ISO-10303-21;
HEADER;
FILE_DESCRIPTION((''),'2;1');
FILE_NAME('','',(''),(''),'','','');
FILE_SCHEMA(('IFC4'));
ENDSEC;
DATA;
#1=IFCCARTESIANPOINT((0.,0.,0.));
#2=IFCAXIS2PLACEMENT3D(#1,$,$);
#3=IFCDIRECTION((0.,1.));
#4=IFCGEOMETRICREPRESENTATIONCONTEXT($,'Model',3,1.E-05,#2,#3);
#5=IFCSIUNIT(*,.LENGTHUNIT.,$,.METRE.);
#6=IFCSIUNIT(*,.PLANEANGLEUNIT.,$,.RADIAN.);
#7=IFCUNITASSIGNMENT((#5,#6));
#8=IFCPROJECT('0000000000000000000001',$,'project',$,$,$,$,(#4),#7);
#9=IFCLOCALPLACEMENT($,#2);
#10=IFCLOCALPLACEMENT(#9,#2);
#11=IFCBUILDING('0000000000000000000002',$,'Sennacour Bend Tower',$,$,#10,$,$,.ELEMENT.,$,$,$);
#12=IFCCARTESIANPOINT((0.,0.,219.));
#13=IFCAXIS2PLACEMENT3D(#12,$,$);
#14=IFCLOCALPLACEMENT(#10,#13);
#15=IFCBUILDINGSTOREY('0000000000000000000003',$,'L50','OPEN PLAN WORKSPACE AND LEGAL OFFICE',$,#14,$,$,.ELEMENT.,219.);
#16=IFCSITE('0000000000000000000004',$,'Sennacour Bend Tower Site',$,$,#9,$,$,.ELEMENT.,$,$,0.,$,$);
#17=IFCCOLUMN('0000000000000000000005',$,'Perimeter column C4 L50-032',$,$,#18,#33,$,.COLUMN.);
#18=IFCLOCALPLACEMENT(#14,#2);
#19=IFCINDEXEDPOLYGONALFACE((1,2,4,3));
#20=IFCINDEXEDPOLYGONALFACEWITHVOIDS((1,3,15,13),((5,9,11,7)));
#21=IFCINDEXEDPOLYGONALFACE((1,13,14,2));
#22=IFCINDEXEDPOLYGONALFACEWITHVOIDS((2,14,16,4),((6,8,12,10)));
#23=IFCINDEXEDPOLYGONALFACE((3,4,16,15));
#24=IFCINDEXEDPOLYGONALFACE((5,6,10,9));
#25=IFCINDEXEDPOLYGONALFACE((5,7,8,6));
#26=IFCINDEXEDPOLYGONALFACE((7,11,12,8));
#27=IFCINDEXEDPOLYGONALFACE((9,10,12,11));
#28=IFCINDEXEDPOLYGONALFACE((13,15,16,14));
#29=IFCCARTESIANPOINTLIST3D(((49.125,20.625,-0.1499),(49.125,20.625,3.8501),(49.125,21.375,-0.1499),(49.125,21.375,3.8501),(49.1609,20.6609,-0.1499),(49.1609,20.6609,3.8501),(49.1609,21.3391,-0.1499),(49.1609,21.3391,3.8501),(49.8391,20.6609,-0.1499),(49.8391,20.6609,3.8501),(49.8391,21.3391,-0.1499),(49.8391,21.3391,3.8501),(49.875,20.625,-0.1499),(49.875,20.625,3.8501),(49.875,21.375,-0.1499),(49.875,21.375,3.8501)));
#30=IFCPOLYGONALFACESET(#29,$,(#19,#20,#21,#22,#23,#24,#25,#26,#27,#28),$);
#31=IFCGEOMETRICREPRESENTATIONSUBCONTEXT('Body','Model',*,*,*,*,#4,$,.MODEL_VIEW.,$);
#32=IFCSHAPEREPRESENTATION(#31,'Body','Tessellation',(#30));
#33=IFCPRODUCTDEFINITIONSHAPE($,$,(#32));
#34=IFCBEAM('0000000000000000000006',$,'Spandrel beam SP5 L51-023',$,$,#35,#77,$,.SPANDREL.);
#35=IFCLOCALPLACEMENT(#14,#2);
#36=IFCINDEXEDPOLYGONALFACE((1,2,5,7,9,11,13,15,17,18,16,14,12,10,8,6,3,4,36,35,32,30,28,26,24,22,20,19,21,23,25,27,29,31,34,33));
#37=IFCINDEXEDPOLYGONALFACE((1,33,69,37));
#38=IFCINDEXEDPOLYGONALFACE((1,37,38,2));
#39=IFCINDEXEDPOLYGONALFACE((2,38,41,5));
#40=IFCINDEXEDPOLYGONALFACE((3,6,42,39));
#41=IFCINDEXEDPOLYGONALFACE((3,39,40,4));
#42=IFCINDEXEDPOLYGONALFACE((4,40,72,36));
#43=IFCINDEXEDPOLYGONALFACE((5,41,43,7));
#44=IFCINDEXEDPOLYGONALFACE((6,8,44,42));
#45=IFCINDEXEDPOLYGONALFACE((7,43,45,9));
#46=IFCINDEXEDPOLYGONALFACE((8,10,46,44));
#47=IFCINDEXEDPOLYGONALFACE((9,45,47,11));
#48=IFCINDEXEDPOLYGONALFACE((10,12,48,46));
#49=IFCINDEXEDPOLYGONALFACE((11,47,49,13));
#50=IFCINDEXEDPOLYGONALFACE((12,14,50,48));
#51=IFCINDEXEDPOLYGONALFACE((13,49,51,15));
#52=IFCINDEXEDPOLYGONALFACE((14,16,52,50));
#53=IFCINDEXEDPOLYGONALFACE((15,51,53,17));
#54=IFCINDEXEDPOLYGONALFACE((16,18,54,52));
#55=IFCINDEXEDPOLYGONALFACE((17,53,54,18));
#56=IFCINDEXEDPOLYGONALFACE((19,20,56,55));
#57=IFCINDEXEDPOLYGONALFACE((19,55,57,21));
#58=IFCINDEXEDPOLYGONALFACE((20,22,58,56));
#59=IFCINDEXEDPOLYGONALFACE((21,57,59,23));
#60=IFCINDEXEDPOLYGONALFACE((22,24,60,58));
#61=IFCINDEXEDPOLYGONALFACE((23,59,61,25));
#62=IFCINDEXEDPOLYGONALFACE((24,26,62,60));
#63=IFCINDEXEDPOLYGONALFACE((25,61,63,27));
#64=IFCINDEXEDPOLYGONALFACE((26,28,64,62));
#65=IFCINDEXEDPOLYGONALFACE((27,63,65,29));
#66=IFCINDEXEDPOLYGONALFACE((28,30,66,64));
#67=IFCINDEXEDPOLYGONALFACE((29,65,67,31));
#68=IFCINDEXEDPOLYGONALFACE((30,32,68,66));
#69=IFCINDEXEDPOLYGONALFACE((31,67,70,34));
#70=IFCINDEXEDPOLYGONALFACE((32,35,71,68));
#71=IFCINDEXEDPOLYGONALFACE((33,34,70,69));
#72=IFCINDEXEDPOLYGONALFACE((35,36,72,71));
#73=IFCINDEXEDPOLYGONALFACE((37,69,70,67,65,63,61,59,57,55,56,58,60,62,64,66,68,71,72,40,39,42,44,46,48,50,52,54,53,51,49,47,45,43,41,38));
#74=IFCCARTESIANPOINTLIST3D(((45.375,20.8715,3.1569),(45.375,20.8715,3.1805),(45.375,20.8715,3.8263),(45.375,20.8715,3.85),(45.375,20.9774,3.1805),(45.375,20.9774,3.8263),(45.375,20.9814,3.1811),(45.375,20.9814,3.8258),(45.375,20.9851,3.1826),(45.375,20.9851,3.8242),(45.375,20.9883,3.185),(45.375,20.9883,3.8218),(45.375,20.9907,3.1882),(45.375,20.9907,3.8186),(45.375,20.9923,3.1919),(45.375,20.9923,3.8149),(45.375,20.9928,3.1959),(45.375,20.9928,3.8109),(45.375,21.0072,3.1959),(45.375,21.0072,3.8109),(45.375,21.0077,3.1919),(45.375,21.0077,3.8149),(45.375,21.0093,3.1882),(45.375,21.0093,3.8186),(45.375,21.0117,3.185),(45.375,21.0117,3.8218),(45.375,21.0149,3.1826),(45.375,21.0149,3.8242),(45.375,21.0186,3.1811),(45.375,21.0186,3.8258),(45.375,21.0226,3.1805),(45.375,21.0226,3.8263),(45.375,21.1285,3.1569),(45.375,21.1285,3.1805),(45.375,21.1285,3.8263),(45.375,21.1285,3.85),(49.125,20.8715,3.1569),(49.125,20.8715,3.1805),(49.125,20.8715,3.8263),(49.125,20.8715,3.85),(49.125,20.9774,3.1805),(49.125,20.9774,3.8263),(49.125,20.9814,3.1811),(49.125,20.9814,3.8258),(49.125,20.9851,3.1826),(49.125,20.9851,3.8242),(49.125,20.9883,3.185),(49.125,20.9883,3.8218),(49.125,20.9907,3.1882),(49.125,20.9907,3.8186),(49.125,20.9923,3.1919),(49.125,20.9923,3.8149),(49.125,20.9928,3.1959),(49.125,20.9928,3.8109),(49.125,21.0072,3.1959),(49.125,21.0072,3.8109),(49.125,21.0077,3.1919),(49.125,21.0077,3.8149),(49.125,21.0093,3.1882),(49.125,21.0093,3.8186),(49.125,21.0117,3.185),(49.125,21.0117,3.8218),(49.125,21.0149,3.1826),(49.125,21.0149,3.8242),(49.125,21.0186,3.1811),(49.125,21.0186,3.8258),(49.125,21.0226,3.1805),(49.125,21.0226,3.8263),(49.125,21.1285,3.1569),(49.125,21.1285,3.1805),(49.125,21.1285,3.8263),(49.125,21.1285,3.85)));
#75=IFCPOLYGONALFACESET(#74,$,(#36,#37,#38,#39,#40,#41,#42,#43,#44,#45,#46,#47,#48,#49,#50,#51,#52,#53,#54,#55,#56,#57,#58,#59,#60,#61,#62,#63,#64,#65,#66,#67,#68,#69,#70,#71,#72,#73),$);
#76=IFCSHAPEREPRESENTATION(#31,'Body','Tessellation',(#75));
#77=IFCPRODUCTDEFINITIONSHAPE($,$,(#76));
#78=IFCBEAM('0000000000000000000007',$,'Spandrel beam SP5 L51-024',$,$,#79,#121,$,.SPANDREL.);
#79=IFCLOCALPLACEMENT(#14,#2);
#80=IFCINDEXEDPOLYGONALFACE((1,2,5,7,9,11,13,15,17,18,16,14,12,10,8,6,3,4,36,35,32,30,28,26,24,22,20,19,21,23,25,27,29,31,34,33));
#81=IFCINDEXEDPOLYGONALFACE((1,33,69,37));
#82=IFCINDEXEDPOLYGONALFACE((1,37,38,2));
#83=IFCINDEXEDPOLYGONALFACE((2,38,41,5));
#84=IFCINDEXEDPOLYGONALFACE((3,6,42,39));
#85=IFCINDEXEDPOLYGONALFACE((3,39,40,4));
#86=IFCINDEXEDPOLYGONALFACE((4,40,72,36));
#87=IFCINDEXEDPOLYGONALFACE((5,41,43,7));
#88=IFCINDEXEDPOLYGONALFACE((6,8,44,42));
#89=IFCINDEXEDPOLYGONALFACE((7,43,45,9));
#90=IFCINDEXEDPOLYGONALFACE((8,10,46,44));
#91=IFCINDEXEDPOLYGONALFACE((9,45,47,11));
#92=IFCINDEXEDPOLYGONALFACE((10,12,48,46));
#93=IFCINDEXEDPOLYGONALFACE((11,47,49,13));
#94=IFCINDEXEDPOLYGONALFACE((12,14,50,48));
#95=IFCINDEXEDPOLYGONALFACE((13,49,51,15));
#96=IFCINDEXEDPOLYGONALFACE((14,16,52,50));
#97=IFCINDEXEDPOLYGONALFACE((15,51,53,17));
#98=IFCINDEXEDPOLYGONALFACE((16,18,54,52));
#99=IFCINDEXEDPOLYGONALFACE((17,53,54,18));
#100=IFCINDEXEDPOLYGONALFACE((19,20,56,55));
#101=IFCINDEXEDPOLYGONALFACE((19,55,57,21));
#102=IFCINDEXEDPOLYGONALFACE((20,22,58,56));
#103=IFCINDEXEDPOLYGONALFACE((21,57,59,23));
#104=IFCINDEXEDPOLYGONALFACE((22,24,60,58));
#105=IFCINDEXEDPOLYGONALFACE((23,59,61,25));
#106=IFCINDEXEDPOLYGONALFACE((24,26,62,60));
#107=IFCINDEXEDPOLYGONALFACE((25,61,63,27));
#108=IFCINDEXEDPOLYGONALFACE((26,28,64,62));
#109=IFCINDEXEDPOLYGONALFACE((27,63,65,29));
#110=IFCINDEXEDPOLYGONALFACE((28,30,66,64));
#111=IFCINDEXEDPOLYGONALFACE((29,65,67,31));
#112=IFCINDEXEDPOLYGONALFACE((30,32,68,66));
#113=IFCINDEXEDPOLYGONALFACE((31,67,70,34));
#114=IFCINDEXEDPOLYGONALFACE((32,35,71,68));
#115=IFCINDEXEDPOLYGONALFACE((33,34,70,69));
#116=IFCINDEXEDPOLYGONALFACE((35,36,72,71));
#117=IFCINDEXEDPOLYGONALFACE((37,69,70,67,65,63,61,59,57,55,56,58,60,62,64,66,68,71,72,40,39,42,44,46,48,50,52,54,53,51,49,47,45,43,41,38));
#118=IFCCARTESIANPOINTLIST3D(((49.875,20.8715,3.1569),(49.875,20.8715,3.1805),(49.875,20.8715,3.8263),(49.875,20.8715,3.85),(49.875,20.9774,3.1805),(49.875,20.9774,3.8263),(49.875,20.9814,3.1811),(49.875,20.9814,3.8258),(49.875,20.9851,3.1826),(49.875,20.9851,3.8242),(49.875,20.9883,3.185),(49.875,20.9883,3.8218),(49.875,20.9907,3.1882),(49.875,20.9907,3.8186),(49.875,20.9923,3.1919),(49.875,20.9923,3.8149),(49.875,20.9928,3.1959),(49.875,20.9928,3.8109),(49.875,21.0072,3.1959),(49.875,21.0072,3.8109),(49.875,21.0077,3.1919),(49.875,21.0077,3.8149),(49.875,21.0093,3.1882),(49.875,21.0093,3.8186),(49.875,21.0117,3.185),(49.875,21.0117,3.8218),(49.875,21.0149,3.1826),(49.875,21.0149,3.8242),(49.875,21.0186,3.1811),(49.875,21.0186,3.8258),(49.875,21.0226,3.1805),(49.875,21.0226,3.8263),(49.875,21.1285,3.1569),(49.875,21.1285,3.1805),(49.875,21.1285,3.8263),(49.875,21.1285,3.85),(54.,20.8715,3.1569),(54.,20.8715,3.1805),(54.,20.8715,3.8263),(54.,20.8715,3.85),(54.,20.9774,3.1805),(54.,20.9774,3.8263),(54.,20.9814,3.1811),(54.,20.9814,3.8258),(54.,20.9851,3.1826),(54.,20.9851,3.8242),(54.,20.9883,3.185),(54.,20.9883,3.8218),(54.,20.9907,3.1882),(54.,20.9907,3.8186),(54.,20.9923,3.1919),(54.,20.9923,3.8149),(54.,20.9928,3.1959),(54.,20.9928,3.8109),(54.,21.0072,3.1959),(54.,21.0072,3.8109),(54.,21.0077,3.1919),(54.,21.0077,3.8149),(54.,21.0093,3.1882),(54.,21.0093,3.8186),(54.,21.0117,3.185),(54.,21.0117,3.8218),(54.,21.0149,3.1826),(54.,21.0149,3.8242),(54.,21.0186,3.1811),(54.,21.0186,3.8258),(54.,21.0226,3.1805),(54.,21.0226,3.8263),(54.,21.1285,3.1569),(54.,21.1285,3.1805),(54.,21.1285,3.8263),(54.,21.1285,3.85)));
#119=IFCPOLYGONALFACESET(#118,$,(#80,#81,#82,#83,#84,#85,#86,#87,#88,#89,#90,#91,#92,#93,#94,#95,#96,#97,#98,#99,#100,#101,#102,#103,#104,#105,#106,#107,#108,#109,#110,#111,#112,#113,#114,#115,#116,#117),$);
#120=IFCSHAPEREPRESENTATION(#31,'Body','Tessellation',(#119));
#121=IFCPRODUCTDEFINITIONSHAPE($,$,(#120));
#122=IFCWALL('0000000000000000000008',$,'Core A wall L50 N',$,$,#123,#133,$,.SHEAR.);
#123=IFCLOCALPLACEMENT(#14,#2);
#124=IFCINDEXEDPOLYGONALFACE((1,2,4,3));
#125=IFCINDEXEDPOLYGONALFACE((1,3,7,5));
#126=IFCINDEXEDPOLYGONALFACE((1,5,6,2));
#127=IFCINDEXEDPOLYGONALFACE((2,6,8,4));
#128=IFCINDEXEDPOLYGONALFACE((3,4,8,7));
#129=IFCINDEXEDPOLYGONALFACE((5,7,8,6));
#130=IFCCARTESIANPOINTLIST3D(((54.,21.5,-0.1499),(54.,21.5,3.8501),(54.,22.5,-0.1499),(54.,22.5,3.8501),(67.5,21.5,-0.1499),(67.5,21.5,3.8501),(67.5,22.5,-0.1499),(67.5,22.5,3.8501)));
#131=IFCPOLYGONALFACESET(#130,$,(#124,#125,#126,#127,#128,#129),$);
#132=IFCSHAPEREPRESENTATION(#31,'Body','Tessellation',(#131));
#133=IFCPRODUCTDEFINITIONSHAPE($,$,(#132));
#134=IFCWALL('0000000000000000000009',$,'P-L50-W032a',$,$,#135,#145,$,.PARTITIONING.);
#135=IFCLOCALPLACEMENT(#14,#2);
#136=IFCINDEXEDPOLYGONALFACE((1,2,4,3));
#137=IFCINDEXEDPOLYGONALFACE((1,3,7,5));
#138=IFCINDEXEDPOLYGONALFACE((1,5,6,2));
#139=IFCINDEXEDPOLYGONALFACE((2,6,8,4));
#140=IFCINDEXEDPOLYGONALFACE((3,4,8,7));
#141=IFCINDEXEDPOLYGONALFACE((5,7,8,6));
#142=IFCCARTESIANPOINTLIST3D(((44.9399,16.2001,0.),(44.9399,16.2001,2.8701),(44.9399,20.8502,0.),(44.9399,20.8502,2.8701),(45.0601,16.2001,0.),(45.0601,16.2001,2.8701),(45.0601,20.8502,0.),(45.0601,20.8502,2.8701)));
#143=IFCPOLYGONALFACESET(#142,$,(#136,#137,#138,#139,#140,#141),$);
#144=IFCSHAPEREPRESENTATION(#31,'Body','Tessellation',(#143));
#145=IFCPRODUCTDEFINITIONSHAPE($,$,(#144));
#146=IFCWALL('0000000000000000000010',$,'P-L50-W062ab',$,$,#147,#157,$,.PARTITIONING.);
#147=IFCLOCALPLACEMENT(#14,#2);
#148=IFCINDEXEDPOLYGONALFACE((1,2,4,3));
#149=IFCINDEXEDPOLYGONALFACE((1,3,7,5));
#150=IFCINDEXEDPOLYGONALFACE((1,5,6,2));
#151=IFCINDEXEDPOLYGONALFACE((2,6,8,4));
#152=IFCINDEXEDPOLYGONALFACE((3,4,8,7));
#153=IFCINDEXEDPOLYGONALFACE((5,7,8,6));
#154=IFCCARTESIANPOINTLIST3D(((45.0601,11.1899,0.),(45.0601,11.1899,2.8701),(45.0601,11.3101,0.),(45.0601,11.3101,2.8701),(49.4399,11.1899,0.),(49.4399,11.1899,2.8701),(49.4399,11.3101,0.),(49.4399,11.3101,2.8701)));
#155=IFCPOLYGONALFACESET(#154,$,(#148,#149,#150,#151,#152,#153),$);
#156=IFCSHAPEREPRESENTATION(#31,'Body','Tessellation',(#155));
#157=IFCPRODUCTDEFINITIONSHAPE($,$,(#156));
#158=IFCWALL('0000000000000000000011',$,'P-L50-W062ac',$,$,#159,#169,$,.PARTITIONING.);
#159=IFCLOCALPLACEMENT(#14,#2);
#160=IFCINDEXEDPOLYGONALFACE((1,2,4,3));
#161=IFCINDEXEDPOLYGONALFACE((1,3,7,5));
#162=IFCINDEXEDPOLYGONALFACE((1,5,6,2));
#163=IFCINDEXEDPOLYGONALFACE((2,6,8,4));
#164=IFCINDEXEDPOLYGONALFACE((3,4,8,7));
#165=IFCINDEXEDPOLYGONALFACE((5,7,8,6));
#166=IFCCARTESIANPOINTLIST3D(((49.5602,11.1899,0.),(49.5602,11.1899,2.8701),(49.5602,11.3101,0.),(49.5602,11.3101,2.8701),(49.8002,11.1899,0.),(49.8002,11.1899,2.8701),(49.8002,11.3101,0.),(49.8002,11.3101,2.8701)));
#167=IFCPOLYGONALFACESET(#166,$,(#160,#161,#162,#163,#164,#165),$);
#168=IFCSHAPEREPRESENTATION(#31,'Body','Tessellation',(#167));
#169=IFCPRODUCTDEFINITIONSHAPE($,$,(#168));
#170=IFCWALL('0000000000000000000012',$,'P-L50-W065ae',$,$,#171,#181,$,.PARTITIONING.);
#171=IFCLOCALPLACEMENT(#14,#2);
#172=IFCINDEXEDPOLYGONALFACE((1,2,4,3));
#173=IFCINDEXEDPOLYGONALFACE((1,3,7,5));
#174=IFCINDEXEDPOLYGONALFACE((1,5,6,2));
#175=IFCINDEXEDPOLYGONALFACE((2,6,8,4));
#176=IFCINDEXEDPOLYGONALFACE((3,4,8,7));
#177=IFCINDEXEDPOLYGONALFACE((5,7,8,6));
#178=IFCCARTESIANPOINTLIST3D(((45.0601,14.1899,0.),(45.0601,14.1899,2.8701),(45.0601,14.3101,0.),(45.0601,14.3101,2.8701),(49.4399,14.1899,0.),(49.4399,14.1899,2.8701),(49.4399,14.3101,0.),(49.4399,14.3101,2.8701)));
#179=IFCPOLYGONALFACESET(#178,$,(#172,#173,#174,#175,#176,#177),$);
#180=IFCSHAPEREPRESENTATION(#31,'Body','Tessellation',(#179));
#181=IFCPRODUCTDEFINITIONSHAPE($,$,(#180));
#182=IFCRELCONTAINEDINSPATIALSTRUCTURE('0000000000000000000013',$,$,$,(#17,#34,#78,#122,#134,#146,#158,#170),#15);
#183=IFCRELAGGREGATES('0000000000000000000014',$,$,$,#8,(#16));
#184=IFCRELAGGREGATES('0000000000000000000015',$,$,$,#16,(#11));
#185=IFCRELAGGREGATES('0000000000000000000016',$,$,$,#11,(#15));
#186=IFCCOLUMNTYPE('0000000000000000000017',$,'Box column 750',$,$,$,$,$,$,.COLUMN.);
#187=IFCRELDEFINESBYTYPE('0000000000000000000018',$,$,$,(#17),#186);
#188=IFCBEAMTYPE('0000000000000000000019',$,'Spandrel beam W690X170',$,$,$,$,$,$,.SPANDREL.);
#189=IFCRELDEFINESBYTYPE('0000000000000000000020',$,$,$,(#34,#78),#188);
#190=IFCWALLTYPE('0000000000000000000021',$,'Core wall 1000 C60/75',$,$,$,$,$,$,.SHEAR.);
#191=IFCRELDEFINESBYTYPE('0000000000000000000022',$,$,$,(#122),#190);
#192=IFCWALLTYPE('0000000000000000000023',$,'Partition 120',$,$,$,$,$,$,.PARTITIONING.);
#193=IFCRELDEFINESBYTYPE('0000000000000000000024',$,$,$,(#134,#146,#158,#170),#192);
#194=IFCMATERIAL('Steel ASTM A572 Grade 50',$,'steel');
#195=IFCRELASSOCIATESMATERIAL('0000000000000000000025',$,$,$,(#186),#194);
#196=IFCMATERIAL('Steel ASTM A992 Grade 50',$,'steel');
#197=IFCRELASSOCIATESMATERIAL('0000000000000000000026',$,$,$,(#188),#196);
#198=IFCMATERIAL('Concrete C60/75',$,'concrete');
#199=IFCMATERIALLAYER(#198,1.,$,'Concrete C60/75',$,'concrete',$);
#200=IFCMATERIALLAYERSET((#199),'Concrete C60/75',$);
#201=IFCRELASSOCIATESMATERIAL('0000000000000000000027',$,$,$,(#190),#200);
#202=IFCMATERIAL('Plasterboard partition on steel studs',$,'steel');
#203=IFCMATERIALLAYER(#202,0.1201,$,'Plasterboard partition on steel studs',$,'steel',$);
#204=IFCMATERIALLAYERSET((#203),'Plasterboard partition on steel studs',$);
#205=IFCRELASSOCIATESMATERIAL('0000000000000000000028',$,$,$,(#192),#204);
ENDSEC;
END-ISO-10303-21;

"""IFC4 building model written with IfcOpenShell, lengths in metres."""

from ifc_helpers import new_model, si_unit, direction, frame, frame_2d, origin, origin_2d, place, context, subcontext, project, spatial, rectangle, hollow_rectangle, i_section, extrude, material, layer, layer_set, material_profile, profile_set, type_object, element, save


model = new_model("IFC4")

# Units and contexts
model_context = context("Model", 3, precision=1e-05, world=origin(), true_north=direction((0.0, 1.0)))
body_context = subcontext(model_context, "Body", "Model", "MODEL_VIEW")
ifc_project = project(units=[si_unit("LENGTHUNIT", "METRE"), si_unit("PLANEANGLEUNIT", "RADIAN")], contexts=[model_context])

# Site, building, storey
site_placement = place(None, origin())
site = spatial("IfcSite", under=ifc_project, at=site_placement, Name="Sennacour Bend Tower Site", CompositionType="ELEMENT", RefElevation=0.0)
building_placement = place(site_placement, origin())
building = spatial("IfcBuilding", under=site, at=building_placement, Name="Sennacour Bend Tower", CompositionType="ELEMENT")
storey_placement = place(building_placement, frame((0.0, 0.0, 219.0)))
storey = spatial("IfcBuildingStorey", under=building, at=storey_placement, Name="L50", Description="OPEN PLAN WORKSPACE AND LEGAL OFFICE", CompositionType="ELEMENT", Elevation=219.0)

# Column
ifc_material_1 = material(Name="Steel ASTM A572 Grade 50", Category="steel")
ifc_material_profile_1 = material_profile(ifc_material_1, hollow_rectangle(XDim=0.75, YDim=0.75, WallThickness=0.0359, at=origin_2d()), Name="Steel ASTM A572 Grade 50", Category="steel")
ifc_profile_set_1 = profile_set([ifc_material_profile_1], Name="Steel ASTM A572 Grade 50")
column_type = type_object("IfcColumnType", Name="Box column 750", PredefinedType="COLUMN", material=ifc_profile_set_1)
column_placement = place(storey_placement, frame((49.5, 21.0, -0.1499), z_axis=(0.0, 0.0, 1.0), x_axis=(1.0, 0.0, 0.0)))
element("IfcColumn", 1, at=column_placement, inside=storey, type_object=column_type, Name="Perimeter column C4 L50-032", PredefinedType="COLUMN", context=body_context, shape_type="SweptSolid", body=[
    extrude(hollow_rectangle(XDim=0.75, YDim=0.75, WallThickness=0.0359, at=origin_2d()), origin(), (0.0, 0.0, 1.0), 4.0),
])

# Beams
ifc_material_2 = material(Name="Steel ASTM A992 Grade 50", Category="steel")
ifc_material_profile_2 = material_profile(ifc_material_2, i_section(OverallWidth=0.2571, OverallDepth=0.6931, WebThickness=0.0144, FlangeThickness=0.0237, FilletRadius=0.0154, at=origin_2d()), Name="Steel ASTM A992 Grade 50", Category="steel")
ifc_profile_set_2 = profile_set([ifc_material_profile_2], Name="Steel ASTM A992 Grade 50")
beam_type = type_object("IfcBeamType", Name="Spandrel beam W690X170", PredefinedType="SPANDREL", material=ifc_profile_set_2)
beam_1_placement = place(storey_placement, frame((45.375, 21.0, 3.5034), z_axis=(1.0, 0.0, 0.0), x_axis=(0.0, 1.0, 0.0)))
element("IfcBeam", 2, at=beam_1_placement, inside=storey, type_object=beam_type, Name="Spandrel beam SP5 L51-023", PredefinedType="SPANDREL", context=body_context, shape_type="SweptSolid", body=[
    extrude(i_section(OverallWidth=0.2571, OverallDepth=0.6931, WebThickness=0.0144, FlangeThickness=0.0237, FilletRadius=0.0154, at=origin_2d()), origin(), (0.0, 0.0, 1.0), 3.75),
])
beam_2_placement = place(storey_placement, frame((49.875, 21.0, 3.5034), z_axis=(1.0, 0.0, 0.0), x_axis=(0.0, 1.0, 0.0)))
element("IfcBeam", 3, at=beam_2_placement, inside=storey, type_object=beam_type, Name="Spandrel beam SP5 L51-024", PredefinedType="SPANDREL", context=body_context, shape_type="SweptSolid", body=[
    extrude(i_section(OverallWidth=0.2571, OverallDepth=0.6931, WebThickness=0.0144, FlangeThickness=0.0237, FilletRadius=0.0154, at=origin_2d()), origin(), (0.0, 0.0, 1.0), 4.125),
])

# Walls
ifc_material_3 = material(Name="Concrete C60/75", Category="concrete")
ifc_layer_1 = layer(ifc_material_3, 1.0, Name="Concrete C60/75", Category="concrete")
ifc_layer_set_1 = layer_set([ifc_layer_1], Name="Concrete C60/75")
wall_type_1 = type_object("IfcWallType", Name="Core wall 1000 C60/75", PredefinedType="SHEAR", material=ifc_layer_set_1)
wall_1_placement = place(storey_placement, frame((54.0, 22.0, -0.1499), z_axis=(0.0, 0.0, 1.0), x_axis=(1.0, 0.0, 0.0)))
element("IfcWall", 4, at=wall_1_placement, inside=storey, type_object=wall_type_1, Name="Core A wall L50 N", PredefinedType="SHEAR", context=body_context, shape_type="SweptSolid", body=[
    extrude(rectangle(XDim=13.5, YDim=1.0, at=frame_2d((6.75, 0.0))), origin(), (0.0, 0.0, 1.0), 4.0),
])
ifc_material_4 = material(Name="Plasterboard partition on steel studs", Category="steel")
ifc_layer_2 = layer(ifc_material_4, 0.1201, Name="Plasterboard partition on steel studs", Category="steel")
ifc_layer_set_2 = layer_set([ifc_layer_2], Name="Plasterboard partition on steel studs")
wall_type_2 = type_object("IfcWallType", Name="Partition 120", PredefinedType="PARTITIONING", material=ifc_layer_set_2)
wall_2_placement = place(storey_placement, frame((45.0, 16.2, 0.0), z_axis=(0.0, 0.0, 1.0), x_axis=(0.0, 1.0, 0.0)))
element("IfcWall", 5, at=wall_2_placement, inside=storey, type_object=wall_type_2, Name="P-L50-W032a", PredefinedType="PARTITIONING", context=body_context, shape_type="SweptSolid", body=[
    extrude(rectangle(XDim=4.6501, YDim=0.1201, at=frame_2d((2.3252, 0.0))), origin(), (0.0, 0.0, 1.0), 2.8701),
])
wall_3_placement = place(storey_placement, frame((45.0601, 11.25, 0.0), z_axis=(0.0, 0.0, 1.0), x_axis=(1.0, 0.0, 0.0)))
element("IfcWall", 6, at=wall_3_placement, inside=storey, type_object=wall_type_2, Name="P-L50-W062ab", PredefinedType="PARTITIONING", context=body_context, shape_type="SweptSolid", body=[
    extrude(rectangle(XDim=4.3799, YDim=0.1201, at=frame_2d((2.1899, 0.0))), origin(), (0.0, 0.0, 1.0), 2.8701),
])
wall_4_placement = place(storey_placement, frame((49.5601, 11.25, 0.0), z_axis=(0.0, 0.0, 1.0), x_axis=(1.0, 0.0, 0.0)))
element("IfcWall", 7, at=wall_4_placement, inside=storey, type_object=wall_type_2, Name="P-L50-W062ac", PredefinedType="PARTITIONING", context=body_context, shape_type="SweptSolid", body=[
    extrude(rectangle(XDim=0.24, YDim=0.1201, at=frame_2d((0.1201, 0.0))), origin(), (0.0, 0.0, 1.0), 2.8701),
])
wall_5_placement = place(storey_placement, frame((45.0601, 14.25, 0.0), z_axis=(0.0, 0.0, 1.0), x_axis=(1.0, 0.0, 0.0)))
element("IfcWall", 8, at=wall_5_placement, inside=storey, type_object=wall_type_2, Name="P-L50-W065ae", PredefinedType="PARTITIONING", context=body_context, shape_type="SweptSolid", body=[
    extrude(rectangle(XDim=4.3799, YDim=0.1201, at=frame_2d((2.1899, 0.0))), origin(), (0.0, 0.0, 1.0), 2.8701),
])

save(model, "model.ifc")
